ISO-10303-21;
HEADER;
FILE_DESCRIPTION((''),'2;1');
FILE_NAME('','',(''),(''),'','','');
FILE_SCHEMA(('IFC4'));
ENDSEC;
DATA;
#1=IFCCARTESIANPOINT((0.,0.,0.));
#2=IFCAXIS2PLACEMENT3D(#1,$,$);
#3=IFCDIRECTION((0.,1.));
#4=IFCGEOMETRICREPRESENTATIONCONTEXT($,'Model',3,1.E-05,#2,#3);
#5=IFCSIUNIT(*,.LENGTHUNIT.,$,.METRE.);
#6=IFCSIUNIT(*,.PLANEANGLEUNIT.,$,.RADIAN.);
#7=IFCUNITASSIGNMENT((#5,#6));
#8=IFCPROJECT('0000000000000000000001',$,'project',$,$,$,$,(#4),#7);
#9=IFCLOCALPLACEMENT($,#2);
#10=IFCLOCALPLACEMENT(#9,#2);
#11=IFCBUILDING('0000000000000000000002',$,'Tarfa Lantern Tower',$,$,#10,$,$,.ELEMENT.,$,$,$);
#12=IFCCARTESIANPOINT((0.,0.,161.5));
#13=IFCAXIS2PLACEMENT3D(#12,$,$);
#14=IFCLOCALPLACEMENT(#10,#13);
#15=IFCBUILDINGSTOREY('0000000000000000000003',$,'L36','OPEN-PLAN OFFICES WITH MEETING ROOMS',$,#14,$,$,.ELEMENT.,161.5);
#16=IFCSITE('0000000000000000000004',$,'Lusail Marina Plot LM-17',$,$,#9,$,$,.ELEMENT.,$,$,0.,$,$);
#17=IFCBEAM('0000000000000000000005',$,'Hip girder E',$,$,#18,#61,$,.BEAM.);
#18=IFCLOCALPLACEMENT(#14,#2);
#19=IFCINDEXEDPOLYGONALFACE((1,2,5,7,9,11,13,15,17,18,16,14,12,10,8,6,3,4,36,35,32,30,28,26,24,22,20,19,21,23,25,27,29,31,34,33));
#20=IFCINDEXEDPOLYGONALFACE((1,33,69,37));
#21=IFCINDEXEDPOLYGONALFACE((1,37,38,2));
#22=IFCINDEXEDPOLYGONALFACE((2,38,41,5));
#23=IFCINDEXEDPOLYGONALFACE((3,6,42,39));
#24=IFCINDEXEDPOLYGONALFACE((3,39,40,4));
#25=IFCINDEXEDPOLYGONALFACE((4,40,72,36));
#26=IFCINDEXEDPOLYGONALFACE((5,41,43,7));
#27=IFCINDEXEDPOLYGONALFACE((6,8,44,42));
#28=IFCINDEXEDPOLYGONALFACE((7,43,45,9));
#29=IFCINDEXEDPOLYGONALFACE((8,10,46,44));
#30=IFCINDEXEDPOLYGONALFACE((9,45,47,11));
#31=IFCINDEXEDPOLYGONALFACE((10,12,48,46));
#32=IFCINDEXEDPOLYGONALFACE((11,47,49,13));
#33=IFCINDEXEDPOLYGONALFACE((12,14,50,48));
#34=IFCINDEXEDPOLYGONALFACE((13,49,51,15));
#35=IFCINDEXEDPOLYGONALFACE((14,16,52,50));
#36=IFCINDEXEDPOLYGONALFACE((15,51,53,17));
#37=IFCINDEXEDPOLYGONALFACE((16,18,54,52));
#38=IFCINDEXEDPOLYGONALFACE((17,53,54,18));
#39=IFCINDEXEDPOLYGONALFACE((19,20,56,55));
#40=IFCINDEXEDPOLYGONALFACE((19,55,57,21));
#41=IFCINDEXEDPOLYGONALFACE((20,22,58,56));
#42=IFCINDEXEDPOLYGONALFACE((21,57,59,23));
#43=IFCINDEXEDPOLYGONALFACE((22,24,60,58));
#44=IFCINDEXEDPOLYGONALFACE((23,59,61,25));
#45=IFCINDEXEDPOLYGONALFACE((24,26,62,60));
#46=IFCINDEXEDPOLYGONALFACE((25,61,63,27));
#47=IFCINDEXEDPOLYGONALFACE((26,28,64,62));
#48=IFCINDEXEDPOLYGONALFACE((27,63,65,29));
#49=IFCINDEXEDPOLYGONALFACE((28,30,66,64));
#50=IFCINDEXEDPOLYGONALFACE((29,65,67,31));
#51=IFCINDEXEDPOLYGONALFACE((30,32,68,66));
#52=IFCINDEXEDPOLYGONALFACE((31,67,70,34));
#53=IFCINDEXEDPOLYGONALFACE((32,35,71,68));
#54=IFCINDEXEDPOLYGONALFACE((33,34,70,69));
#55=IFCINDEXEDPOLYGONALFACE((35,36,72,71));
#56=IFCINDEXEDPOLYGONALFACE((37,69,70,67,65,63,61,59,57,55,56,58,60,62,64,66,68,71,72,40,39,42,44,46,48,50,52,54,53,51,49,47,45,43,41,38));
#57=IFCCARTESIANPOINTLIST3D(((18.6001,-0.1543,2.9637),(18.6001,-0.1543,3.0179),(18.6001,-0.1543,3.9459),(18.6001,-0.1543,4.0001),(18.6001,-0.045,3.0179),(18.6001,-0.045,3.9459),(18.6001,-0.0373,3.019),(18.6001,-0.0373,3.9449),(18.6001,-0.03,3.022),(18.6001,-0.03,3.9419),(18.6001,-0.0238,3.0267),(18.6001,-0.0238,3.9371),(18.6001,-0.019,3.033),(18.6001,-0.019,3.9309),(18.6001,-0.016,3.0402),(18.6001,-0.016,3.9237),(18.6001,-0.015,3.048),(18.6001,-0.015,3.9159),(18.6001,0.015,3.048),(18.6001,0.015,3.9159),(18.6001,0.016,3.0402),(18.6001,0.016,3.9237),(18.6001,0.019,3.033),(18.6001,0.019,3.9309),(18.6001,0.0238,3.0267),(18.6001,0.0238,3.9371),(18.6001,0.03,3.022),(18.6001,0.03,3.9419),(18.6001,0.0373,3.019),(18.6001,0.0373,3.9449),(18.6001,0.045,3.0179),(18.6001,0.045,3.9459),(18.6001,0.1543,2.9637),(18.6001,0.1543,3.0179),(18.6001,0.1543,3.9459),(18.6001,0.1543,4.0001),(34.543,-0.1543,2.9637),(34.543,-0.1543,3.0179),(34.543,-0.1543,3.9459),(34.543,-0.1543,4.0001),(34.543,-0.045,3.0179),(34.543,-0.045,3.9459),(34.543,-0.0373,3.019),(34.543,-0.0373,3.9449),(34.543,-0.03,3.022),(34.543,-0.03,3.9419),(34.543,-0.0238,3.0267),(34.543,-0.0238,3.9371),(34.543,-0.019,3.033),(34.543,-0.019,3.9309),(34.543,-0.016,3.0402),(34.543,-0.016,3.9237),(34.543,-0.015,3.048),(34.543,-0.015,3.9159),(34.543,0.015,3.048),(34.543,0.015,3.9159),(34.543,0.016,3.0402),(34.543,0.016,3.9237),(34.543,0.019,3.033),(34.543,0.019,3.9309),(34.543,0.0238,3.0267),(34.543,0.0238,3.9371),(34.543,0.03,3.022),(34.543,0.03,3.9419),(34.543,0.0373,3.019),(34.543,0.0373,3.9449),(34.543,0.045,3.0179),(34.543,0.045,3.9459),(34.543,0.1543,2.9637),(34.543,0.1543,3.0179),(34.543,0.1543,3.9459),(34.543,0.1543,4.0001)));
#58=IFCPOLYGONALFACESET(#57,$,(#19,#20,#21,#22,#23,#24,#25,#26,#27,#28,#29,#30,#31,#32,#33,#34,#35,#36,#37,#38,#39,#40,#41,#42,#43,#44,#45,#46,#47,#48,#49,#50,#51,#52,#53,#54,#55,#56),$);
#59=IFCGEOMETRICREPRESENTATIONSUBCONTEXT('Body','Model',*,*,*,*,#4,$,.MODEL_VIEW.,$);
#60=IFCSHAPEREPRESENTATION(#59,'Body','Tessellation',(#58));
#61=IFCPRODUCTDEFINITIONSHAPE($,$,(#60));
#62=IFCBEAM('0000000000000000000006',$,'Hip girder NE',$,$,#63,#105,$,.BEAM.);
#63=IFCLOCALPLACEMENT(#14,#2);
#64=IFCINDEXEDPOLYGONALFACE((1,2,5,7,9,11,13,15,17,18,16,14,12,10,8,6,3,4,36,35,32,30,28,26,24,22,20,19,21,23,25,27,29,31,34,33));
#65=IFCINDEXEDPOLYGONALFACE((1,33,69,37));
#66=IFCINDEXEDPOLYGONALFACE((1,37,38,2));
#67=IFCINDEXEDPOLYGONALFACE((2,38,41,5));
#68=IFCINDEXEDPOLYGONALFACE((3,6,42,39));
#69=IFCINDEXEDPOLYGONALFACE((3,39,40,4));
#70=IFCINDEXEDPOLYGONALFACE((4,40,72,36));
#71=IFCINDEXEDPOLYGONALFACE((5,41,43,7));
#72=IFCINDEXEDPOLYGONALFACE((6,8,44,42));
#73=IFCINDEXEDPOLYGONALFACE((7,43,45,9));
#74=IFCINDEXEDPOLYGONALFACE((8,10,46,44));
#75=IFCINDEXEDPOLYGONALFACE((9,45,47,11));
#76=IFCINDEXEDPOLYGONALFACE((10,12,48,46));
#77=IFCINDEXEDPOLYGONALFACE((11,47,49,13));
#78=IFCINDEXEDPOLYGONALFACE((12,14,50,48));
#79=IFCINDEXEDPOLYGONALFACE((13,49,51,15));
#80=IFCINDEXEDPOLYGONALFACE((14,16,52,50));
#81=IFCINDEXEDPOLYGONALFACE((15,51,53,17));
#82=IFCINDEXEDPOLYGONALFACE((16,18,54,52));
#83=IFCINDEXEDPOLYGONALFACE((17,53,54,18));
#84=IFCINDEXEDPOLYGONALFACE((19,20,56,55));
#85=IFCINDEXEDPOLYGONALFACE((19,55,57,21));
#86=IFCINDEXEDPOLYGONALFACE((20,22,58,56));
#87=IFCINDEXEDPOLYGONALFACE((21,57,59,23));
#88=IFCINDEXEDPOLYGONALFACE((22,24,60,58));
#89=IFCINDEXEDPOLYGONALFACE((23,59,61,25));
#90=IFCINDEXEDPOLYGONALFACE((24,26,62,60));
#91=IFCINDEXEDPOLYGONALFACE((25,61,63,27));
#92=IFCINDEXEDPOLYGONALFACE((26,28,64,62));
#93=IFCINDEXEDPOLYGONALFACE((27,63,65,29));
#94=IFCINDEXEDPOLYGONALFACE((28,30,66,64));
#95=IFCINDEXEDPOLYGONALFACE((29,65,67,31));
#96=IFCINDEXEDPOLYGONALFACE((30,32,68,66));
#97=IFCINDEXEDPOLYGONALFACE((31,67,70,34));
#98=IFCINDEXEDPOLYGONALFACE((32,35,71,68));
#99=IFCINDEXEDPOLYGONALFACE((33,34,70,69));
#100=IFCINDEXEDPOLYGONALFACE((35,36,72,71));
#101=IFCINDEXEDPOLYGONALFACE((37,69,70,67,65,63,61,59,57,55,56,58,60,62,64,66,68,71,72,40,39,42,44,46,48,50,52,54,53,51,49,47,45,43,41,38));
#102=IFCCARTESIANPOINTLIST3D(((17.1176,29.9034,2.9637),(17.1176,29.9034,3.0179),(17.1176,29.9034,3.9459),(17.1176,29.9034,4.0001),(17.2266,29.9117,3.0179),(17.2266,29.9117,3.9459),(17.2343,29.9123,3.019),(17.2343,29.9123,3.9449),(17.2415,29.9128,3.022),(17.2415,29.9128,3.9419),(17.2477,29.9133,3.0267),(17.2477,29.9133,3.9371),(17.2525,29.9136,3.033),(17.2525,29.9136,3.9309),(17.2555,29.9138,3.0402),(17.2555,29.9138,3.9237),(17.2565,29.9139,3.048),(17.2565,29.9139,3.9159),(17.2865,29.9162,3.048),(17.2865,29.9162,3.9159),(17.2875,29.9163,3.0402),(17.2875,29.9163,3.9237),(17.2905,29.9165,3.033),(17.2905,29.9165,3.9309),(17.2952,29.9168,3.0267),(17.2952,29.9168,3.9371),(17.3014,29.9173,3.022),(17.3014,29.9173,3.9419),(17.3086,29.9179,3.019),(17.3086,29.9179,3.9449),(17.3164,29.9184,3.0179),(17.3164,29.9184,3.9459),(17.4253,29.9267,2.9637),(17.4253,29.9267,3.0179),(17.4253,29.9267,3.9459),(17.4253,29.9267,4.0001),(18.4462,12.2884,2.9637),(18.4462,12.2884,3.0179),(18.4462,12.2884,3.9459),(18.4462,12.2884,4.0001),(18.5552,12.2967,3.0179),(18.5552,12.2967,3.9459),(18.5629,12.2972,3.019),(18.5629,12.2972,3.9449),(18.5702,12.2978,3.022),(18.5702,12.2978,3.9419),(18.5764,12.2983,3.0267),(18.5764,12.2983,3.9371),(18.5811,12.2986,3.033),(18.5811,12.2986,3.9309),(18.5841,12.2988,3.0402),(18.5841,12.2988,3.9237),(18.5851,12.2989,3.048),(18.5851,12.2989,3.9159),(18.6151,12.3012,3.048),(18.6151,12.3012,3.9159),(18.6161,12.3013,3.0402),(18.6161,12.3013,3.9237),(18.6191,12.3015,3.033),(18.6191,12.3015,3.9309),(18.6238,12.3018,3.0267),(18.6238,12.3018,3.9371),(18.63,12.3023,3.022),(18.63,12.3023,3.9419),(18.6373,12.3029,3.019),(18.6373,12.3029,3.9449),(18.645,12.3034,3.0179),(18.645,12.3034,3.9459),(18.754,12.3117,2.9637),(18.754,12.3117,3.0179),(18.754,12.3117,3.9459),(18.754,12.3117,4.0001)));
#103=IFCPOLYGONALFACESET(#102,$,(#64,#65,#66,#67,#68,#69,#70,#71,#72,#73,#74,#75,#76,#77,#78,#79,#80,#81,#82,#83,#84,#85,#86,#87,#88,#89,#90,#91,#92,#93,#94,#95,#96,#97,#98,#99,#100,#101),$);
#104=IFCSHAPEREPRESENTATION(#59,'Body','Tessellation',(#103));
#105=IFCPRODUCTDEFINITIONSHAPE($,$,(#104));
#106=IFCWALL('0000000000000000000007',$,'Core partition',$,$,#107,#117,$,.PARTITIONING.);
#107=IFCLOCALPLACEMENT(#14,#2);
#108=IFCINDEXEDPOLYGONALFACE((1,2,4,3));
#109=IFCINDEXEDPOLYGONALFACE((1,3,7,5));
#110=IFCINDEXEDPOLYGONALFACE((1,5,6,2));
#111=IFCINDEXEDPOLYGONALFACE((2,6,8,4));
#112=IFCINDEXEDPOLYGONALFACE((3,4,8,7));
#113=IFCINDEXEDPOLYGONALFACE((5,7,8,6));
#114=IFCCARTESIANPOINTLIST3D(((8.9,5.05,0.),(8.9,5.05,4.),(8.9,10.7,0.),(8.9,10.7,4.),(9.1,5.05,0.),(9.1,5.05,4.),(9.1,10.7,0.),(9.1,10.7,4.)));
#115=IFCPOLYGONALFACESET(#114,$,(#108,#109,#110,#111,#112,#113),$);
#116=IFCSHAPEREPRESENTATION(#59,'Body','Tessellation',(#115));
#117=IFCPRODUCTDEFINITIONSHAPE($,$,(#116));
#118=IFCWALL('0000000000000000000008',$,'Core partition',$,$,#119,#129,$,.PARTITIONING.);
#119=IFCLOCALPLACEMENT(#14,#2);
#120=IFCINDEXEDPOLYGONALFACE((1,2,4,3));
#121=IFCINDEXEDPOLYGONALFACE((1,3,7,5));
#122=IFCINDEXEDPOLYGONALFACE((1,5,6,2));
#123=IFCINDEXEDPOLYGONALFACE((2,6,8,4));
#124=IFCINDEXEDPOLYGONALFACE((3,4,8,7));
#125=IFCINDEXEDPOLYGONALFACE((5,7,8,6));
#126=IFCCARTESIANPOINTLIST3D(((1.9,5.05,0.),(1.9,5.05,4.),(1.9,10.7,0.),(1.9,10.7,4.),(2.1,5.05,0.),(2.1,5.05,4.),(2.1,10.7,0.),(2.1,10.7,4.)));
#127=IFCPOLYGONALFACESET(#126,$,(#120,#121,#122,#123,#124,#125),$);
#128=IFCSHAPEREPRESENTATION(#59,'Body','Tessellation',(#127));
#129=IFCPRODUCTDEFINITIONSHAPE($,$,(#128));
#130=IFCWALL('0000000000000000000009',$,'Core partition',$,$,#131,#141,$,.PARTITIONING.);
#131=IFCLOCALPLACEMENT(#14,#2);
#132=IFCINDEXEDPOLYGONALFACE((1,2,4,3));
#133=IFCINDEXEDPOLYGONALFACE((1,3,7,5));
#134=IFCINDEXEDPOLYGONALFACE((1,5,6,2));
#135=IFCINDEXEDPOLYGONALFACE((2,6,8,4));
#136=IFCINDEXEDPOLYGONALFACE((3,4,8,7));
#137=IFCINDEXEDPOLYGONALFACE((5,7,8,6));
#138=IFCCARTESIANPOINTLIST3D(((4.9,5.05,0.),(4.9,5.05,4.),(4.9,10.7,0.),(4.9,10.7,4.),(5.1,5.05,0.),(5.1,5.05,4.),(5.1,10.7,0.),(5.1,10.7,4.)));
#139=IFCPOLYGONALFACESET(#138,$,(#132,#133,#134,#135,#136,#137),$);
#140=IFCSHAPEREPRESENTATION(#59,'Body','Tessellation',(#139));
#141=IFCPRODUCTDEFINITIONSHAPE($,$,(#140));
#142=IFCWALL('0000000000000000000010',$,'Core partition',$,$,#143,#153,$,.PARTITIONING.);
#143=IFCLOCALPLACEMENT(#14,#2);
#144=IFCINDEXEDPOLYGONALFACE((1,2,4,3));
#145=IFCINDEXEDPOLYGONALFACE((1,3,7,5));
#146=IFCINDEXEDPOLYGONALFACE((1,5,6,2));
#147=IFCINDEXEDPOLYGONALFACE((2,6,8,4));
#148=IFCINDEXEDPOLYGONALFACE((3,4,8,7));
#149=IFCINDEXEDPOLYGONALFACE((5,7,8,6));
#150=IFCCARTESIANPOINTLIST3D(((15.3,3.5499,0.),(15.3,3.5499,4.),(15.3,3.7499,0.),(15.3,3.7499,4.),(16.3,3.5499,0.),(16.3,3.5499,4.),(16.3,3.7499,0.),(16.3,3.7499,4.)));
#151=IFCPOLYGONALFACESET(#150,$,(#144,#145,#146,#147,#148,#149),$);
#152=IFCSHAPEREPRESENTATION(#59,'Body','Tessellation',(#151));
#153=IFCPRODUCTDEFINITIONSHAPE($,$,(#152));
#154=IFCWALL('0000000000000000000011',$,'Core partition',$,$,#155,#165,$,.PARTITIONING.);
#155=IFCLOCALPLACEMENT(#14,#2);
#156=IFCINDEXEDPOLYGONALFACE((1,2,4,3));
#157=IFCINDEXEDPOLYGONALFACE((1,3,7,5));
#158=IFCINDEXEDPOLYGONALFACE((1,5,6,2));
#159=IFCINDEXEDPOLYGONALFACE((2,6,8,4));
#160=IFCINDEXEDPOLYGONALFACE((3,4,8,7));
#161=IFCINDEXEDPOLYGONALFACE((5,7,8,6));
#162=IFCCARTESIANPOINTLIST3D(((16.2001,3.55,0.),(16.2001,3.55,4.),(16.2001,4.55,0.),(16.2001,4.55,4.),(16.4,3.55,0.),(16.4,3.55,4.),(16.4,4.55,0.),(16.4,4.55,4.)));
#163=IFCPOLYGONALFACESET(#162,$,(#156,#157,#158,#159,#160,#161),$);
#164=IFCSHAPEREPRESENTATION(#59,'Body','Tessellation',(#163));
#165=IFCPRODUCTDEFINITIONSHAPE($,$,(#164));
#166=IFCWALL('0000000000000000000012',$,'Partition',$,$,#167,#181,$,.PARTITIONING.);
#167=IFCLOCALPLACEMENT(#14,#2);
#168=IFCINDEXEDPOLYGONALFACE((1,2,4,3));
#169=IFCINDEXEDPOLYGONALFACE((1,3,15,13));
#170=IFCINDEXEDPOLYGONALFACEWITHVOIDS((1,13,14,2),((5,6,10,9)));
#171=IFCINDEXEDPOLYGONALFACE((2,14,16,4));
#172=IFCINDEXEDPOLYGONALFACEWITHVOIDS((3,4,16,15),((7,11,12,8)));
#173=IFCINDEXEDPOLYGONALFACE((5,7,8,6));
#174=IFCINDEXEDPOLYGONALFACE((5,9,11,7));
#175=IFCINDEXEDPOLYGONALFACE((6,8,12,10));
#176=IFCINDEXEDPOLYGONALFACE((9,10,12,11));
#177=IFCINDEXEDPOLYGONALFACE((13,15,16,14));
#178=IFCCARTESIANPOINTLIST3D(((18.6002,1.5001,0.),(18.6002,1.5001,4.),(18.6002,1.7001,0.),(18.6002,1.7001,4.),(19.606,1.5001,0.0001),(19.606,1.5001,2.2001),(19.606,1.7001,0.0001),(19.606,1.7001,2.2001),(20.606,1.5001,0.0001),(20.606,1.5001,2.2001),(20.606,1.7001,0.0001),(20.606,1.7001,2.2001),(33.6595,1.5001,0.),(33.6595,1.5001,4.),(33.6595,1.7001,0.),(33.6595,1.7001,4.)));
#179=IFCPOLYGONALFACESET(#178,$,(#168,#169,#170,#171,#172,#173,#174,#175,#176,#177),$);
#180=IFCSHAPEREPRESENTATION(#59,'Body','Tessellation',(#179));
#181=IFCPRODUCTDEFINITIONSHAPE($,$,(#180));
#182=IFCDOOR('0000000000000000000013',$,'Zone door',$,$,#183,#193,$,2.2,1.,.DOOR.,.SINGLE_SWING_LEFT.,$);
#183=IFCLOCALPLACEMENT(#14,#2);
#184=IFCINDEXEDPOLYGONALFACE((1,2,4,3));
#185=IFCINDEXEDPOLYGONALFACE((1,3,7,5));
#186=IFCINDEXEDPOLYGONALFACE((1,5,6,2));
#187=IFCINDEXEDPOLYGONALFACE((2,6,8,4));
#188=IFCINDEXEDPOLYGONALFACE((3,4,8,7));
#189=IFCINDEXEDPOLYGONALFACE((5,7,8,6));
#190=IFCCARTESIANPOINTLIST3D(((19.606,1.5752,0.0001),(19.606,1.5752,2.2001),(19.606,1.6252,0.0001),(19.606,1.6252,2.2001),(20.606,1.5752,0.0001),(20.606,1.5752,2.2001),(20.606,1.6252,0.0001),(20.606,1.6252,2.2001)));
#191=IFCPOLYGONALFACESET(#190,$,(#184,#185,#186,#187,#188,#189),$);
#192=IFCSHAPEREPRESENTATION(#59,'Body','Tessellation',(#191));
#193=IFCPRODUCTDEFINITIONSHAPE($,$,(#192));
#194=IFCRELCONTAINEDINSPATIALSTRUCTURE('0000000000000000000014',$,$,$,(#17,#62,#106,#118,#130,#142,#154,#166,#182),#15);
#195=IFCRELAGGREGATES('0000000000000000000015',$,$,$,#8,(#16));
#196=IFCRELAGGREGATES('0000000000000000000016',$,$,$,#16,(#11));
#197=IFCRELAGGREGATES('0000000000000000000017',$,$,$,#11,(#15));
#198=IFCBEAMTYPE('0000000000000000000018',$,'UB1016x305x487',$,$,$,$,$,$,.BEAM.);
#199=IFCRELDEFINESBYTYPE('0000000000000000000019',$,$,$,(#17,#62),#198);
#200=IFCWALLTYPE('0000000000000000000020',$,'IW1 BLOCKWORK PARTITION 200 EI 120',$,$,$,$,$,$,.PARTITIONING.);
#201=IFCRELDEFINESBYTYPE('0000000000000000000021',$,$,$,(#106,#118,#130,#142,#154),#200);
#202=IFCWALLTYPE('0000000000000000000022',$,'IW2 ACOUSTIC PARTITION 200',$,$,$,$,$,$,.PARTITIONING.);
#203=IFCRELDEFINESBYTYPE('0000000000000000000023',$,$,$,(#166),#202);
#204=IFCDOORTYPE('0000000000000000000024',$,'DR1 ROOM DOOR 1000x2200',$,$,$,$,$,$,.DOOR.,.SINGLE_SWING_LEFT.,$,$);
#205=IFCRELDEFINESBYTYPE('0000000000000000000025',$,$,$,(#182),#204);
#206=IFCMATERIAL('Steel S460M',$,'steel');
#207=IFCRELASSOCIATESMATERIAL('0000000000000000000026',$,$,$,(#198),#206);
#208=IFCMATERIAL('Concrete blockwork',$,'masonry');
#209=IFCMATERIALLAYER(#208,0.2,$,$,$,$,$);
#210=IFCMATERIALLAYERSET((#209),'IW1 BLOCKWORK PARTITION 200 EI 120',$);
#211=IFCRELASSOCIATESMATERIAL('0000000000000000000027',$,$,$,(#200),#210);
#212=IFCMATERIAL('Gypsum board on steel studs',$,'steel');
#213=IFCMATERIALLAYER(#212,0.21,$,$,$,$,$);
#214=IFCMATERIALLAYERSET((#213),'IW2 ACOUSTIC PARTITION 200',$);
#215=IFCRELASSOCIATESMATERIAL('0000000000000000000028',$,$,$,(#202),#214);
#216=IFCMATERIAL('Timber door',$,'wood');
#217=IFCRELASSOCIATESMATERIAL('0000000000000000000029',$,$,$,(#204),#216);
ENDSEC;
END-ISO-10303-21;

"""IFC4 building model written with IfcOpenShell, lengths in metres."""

from ifc_helpers import new_model, si_unit, direction, frame, frame_2d, origin, origin_2d, place, context, subcontext, project, spatial, rectangle, i_section, extrude, material, layer, layer_set, material_profile, profile_set, type_object, element, fill, save


model = new_model("IFC4")

# Units and contexts
model_context = context("Model", 3, precision=1e-05, world=origin(), true_north=direction((0.0, 1.0)))
body_context = subcontext(model_context, "Body", "Model", "MODEL_VIEW")
ifc_project = project(units=[si_unit("LENGTHUNIT", "METRE"), si_unit("PLANEANGLEUNIT", "RADIAN")], contexts=[model_context])

# Site, building, storey
site_placement = place(None, origin())
site = spatial("IfcSite", under=ifc_project, at=site_placement, Name="Lusail Marina Plot LM-17", CompositionType="ELEMENT", RefElevation=0.0)
building_placement = place(site_placement, origin())
building = spatial("IfcBuilding", under=site, at=building_placement, Name="Tarfa Lantern Tower", CompositionType="ELEMENT")
storey_placement = place(building_placement, frame((0.0, 0.0, 161.5)))
storey = spatial("IfcBuildingStorey", under=building, at=storey_placement, Name="L36", Description="OPEN-PLAN OFFICES WITH MEETING ROOMS", CompositionType="ELEMENT", Elevation=161.5)

# Beams
ifc_material_1 = material(Name="Steel S460M", Category="steel")
ifc_material_profile = material_profile(ifc_material_1, i_section(OverallWidth=0.3086, OverallDepth=1.0364, WebThickness=0.03, FlangeThickness=0.0542, FilletRadius=0.03, at=origin_2d()), Name="UB1016x305x487")
ifc_profile_set = profile_set([ifc_material_profile], Name="Steel S460M")
beam_type = type_object("IfcBeamType", Name="UB1016x305x487", PredefinedType="BEAM", material=ifc_profile_set)
beam_1_placement = place(storey_placement, frame((18.6001, 0.0, 3.4819), z_axis=(1.0, 0.0, 0.0), x_axis=(0.0, 1.0, 0.0)))
element("IfcBeam", 1, at=beam_1_placement, inside=storey, type_object=beam_type, Name="Hip girder E", PredefinedType="BEAM", context=body_context, shape_type="SweptSolid", body=[
    extrude(i_section(OverallWidth=0.3086, OverallDepth=1.0364, WebThickness=0.03, FlangeThickness=0.0542, FilletRadius=0.03, at=origin_2d()), origin(), (0.0, 0.0, 1.0), 15.9429),
])
beam_2_placement = place(storey_placement, frame((18.6001, 12.3, 3.4819), z_axis=(-0.075212, 0.997168, 0.0), x_axis=(-0.997168, -0.075212, 0.0)))
element("IfcBeam", 2, at=beam_2_placement, inside=storey, type_object=beam_type, Name="Hip girder NE", PredefinedType="BEAM", context=body_context, shape_type="SweptSolid", body=[
    extrude(i_section(OverallWidth=0.3086, OverallDepth=1.0364, WebThickness=0.03, FlangeThickness=0.0542, FilletRadius=0.03, at=origin_2d()), origin(), (0.0, 0.0, 1.0), 17.665),
])

# Walls
ifc_material_2 = material(Name="Concrete blockwork", Category="masonry")
ifc_layer_1 = layer(ifc_material_2, 0.2)
ifc_layer_set_1 = layer_set([ifc_layer_1], Name="IW1 BLOCKWORK PARTITION 200 EI 120")
wall_type_1 = type_object("IfcWallType", Name="IW1 BLOCKWORK PARTITION 200 EI 120", PredefinedType="PARTITIONING", material=ifc_layer_set_1)
for number, where, z_axis, x_axis, name in (
    (3, (9.0, 5.05, 0.0), (0.0, 0.0, 1.0), (0.0, 1.0, 0.0), "Core partition"),
    (4, (2.0, 5.05, 0.0), (0.0, 0.0, 1.0), (0.0, 1.0, 0.0), "Core partition"),
    (5, (5.0, 5.05, 0.0), (0.0, 0.0, 1.0), (0.0, 1.0, 0.0), "Core partition"),
):
    element("IfcWall", number, at=place(storey_placement, frame(where, z_axis=z_axis, x_axis=x_axis)), inside=storey, type_object=wall_type_1, Name=name, PredefinedType="PARTITIONING", context=body_context, shape_type="SweptSolid", body=[
        extrude(rectangle(XDim=5.6499, YDim=0.2, at=frame_2d((2.825, 0.0))), origin(), (0.0, 0.0, 1.0), 4.0),
    ])
for number, where, z_axis, x_axis, name in (
    (6, (15.3, 3.6499, 0.0), (0.0, 0.0, 1.0), (1.0, 0.0, 0.0), "Core partition"),
    (7, (16.3, 3.55, 0.0), (0.0, 0.0, 1.0), (0.0, 1.0, 0.0), "Core partition"),
):
    element("IfcWall", number, at=place(storey_placement, frame(where, z_axis=z_axis, x_axis=x_axis)), inside=storey, type_object=wall_type_1, Name=name, PredefinedType="PARTITIONING", context=body_context, shape_type="SweptSolid", body=[
        extrude(rectangle(XDim=1.0, YDim=0.2, at=frame_2d((0.5, 0.0))), origin(), (0.0, 0.0, 1.0), 4.0),
    ])

# Wall, opening, door
ifc_material_3 = material(Name="Gypsum board on steel studs", Category="steel")
ifc_layer_2 = layer(ifc_material_3, 0.21)
ifc_layer_set_2 = layer_set([ifc_layer_2], Name="IW2 ACOUSTIC PARTITION 200")
wall_type_2 = type_object("IfcWallType", Name="IW2 ACOUSTIC PARTITION 200", PredefinedType="PARTITIONING", material=ifc_layer_set_2)
wall_1_placement = place(storey_placement, frame((18.6001, 1.6001, 0.0), z_axis=(0.0, 0.0, 1.0), x_axis=(1.0, 0.0, 0.0)))
wall_1 = element("IfcWall", 8, at=wall_1_placement, inside=storey, type_object=wall_type_2, Name="Partition", PredefinedType="PARTITIONING", context=body_context, shape_type="SweptSolid", body=[
    extrude(rectangle(XDim=15.0593, YDim=0.2, at=frame_2d((7.5298, 0.0))), origin(), (0.0, 0.0, 1.0), 4.0),
])
opening_1_placement = place(wall_1_placement, frame((1.0059, 0.0, 0.0)))
opening_1 = element("IfcOpeningElement", 9, at=opening_1_placement, cuts=wall_1, PredefinedType="OPENING", context=body_context, shape_type="SweptSolid", body=[
    extrude(rectangle(XDim=1.0, YDim=2.2, at=frame_2d((0.5, 1.1001))), frame((0.0, 0.1099, 0.0), z_axis=(0.0, -1.0, 0.0), x_axis=(1.0, 0.0, 0.0)), (0.0, 0.0, 1.0), 0.22),
])
ifc_material_4 = material(Name="Timber door", Category="wood")
door_type_1 = type_object("IfcDoorType", Name="DR1 ROOM DOOR 1000x2200", OperationType="SINGLE_SWING_LEFT", PredefinedType="DOOR", material=ifc_material_4)
door_1_placement = place(opening_1_placement, frame((1.0, 0.0, 0.0), z_axis=(0.0, 0.0, 1.0), x_axis=(-1.0, 0.0, 0.0)))
door_1 = element("IfcDoor", 10, at=door_1_placement, inside=storey, type_object=door_type_1, Name="Zone door", OperationType="SINGLE_SWING_LEFT", OverallHeight=2.2, OverallWidth=1.0, PredefinedType="DOOR", context=body_context, shape_type="SweptSolid", body=[
    extrude(rectangle(XDim=1.0, YDim=2.2, at=frame_2d((0.5, 1.1001))), frame((0.0, 0.0249, 0.0), z_axis=(0.0, -1.0, 0.0), x_axis=(1.0, 0.0, 0.0)), (0.0, 0.0, 1.0), 0.05),
])
fill(opening_1, door_1)

save(model, "model.ifc")
